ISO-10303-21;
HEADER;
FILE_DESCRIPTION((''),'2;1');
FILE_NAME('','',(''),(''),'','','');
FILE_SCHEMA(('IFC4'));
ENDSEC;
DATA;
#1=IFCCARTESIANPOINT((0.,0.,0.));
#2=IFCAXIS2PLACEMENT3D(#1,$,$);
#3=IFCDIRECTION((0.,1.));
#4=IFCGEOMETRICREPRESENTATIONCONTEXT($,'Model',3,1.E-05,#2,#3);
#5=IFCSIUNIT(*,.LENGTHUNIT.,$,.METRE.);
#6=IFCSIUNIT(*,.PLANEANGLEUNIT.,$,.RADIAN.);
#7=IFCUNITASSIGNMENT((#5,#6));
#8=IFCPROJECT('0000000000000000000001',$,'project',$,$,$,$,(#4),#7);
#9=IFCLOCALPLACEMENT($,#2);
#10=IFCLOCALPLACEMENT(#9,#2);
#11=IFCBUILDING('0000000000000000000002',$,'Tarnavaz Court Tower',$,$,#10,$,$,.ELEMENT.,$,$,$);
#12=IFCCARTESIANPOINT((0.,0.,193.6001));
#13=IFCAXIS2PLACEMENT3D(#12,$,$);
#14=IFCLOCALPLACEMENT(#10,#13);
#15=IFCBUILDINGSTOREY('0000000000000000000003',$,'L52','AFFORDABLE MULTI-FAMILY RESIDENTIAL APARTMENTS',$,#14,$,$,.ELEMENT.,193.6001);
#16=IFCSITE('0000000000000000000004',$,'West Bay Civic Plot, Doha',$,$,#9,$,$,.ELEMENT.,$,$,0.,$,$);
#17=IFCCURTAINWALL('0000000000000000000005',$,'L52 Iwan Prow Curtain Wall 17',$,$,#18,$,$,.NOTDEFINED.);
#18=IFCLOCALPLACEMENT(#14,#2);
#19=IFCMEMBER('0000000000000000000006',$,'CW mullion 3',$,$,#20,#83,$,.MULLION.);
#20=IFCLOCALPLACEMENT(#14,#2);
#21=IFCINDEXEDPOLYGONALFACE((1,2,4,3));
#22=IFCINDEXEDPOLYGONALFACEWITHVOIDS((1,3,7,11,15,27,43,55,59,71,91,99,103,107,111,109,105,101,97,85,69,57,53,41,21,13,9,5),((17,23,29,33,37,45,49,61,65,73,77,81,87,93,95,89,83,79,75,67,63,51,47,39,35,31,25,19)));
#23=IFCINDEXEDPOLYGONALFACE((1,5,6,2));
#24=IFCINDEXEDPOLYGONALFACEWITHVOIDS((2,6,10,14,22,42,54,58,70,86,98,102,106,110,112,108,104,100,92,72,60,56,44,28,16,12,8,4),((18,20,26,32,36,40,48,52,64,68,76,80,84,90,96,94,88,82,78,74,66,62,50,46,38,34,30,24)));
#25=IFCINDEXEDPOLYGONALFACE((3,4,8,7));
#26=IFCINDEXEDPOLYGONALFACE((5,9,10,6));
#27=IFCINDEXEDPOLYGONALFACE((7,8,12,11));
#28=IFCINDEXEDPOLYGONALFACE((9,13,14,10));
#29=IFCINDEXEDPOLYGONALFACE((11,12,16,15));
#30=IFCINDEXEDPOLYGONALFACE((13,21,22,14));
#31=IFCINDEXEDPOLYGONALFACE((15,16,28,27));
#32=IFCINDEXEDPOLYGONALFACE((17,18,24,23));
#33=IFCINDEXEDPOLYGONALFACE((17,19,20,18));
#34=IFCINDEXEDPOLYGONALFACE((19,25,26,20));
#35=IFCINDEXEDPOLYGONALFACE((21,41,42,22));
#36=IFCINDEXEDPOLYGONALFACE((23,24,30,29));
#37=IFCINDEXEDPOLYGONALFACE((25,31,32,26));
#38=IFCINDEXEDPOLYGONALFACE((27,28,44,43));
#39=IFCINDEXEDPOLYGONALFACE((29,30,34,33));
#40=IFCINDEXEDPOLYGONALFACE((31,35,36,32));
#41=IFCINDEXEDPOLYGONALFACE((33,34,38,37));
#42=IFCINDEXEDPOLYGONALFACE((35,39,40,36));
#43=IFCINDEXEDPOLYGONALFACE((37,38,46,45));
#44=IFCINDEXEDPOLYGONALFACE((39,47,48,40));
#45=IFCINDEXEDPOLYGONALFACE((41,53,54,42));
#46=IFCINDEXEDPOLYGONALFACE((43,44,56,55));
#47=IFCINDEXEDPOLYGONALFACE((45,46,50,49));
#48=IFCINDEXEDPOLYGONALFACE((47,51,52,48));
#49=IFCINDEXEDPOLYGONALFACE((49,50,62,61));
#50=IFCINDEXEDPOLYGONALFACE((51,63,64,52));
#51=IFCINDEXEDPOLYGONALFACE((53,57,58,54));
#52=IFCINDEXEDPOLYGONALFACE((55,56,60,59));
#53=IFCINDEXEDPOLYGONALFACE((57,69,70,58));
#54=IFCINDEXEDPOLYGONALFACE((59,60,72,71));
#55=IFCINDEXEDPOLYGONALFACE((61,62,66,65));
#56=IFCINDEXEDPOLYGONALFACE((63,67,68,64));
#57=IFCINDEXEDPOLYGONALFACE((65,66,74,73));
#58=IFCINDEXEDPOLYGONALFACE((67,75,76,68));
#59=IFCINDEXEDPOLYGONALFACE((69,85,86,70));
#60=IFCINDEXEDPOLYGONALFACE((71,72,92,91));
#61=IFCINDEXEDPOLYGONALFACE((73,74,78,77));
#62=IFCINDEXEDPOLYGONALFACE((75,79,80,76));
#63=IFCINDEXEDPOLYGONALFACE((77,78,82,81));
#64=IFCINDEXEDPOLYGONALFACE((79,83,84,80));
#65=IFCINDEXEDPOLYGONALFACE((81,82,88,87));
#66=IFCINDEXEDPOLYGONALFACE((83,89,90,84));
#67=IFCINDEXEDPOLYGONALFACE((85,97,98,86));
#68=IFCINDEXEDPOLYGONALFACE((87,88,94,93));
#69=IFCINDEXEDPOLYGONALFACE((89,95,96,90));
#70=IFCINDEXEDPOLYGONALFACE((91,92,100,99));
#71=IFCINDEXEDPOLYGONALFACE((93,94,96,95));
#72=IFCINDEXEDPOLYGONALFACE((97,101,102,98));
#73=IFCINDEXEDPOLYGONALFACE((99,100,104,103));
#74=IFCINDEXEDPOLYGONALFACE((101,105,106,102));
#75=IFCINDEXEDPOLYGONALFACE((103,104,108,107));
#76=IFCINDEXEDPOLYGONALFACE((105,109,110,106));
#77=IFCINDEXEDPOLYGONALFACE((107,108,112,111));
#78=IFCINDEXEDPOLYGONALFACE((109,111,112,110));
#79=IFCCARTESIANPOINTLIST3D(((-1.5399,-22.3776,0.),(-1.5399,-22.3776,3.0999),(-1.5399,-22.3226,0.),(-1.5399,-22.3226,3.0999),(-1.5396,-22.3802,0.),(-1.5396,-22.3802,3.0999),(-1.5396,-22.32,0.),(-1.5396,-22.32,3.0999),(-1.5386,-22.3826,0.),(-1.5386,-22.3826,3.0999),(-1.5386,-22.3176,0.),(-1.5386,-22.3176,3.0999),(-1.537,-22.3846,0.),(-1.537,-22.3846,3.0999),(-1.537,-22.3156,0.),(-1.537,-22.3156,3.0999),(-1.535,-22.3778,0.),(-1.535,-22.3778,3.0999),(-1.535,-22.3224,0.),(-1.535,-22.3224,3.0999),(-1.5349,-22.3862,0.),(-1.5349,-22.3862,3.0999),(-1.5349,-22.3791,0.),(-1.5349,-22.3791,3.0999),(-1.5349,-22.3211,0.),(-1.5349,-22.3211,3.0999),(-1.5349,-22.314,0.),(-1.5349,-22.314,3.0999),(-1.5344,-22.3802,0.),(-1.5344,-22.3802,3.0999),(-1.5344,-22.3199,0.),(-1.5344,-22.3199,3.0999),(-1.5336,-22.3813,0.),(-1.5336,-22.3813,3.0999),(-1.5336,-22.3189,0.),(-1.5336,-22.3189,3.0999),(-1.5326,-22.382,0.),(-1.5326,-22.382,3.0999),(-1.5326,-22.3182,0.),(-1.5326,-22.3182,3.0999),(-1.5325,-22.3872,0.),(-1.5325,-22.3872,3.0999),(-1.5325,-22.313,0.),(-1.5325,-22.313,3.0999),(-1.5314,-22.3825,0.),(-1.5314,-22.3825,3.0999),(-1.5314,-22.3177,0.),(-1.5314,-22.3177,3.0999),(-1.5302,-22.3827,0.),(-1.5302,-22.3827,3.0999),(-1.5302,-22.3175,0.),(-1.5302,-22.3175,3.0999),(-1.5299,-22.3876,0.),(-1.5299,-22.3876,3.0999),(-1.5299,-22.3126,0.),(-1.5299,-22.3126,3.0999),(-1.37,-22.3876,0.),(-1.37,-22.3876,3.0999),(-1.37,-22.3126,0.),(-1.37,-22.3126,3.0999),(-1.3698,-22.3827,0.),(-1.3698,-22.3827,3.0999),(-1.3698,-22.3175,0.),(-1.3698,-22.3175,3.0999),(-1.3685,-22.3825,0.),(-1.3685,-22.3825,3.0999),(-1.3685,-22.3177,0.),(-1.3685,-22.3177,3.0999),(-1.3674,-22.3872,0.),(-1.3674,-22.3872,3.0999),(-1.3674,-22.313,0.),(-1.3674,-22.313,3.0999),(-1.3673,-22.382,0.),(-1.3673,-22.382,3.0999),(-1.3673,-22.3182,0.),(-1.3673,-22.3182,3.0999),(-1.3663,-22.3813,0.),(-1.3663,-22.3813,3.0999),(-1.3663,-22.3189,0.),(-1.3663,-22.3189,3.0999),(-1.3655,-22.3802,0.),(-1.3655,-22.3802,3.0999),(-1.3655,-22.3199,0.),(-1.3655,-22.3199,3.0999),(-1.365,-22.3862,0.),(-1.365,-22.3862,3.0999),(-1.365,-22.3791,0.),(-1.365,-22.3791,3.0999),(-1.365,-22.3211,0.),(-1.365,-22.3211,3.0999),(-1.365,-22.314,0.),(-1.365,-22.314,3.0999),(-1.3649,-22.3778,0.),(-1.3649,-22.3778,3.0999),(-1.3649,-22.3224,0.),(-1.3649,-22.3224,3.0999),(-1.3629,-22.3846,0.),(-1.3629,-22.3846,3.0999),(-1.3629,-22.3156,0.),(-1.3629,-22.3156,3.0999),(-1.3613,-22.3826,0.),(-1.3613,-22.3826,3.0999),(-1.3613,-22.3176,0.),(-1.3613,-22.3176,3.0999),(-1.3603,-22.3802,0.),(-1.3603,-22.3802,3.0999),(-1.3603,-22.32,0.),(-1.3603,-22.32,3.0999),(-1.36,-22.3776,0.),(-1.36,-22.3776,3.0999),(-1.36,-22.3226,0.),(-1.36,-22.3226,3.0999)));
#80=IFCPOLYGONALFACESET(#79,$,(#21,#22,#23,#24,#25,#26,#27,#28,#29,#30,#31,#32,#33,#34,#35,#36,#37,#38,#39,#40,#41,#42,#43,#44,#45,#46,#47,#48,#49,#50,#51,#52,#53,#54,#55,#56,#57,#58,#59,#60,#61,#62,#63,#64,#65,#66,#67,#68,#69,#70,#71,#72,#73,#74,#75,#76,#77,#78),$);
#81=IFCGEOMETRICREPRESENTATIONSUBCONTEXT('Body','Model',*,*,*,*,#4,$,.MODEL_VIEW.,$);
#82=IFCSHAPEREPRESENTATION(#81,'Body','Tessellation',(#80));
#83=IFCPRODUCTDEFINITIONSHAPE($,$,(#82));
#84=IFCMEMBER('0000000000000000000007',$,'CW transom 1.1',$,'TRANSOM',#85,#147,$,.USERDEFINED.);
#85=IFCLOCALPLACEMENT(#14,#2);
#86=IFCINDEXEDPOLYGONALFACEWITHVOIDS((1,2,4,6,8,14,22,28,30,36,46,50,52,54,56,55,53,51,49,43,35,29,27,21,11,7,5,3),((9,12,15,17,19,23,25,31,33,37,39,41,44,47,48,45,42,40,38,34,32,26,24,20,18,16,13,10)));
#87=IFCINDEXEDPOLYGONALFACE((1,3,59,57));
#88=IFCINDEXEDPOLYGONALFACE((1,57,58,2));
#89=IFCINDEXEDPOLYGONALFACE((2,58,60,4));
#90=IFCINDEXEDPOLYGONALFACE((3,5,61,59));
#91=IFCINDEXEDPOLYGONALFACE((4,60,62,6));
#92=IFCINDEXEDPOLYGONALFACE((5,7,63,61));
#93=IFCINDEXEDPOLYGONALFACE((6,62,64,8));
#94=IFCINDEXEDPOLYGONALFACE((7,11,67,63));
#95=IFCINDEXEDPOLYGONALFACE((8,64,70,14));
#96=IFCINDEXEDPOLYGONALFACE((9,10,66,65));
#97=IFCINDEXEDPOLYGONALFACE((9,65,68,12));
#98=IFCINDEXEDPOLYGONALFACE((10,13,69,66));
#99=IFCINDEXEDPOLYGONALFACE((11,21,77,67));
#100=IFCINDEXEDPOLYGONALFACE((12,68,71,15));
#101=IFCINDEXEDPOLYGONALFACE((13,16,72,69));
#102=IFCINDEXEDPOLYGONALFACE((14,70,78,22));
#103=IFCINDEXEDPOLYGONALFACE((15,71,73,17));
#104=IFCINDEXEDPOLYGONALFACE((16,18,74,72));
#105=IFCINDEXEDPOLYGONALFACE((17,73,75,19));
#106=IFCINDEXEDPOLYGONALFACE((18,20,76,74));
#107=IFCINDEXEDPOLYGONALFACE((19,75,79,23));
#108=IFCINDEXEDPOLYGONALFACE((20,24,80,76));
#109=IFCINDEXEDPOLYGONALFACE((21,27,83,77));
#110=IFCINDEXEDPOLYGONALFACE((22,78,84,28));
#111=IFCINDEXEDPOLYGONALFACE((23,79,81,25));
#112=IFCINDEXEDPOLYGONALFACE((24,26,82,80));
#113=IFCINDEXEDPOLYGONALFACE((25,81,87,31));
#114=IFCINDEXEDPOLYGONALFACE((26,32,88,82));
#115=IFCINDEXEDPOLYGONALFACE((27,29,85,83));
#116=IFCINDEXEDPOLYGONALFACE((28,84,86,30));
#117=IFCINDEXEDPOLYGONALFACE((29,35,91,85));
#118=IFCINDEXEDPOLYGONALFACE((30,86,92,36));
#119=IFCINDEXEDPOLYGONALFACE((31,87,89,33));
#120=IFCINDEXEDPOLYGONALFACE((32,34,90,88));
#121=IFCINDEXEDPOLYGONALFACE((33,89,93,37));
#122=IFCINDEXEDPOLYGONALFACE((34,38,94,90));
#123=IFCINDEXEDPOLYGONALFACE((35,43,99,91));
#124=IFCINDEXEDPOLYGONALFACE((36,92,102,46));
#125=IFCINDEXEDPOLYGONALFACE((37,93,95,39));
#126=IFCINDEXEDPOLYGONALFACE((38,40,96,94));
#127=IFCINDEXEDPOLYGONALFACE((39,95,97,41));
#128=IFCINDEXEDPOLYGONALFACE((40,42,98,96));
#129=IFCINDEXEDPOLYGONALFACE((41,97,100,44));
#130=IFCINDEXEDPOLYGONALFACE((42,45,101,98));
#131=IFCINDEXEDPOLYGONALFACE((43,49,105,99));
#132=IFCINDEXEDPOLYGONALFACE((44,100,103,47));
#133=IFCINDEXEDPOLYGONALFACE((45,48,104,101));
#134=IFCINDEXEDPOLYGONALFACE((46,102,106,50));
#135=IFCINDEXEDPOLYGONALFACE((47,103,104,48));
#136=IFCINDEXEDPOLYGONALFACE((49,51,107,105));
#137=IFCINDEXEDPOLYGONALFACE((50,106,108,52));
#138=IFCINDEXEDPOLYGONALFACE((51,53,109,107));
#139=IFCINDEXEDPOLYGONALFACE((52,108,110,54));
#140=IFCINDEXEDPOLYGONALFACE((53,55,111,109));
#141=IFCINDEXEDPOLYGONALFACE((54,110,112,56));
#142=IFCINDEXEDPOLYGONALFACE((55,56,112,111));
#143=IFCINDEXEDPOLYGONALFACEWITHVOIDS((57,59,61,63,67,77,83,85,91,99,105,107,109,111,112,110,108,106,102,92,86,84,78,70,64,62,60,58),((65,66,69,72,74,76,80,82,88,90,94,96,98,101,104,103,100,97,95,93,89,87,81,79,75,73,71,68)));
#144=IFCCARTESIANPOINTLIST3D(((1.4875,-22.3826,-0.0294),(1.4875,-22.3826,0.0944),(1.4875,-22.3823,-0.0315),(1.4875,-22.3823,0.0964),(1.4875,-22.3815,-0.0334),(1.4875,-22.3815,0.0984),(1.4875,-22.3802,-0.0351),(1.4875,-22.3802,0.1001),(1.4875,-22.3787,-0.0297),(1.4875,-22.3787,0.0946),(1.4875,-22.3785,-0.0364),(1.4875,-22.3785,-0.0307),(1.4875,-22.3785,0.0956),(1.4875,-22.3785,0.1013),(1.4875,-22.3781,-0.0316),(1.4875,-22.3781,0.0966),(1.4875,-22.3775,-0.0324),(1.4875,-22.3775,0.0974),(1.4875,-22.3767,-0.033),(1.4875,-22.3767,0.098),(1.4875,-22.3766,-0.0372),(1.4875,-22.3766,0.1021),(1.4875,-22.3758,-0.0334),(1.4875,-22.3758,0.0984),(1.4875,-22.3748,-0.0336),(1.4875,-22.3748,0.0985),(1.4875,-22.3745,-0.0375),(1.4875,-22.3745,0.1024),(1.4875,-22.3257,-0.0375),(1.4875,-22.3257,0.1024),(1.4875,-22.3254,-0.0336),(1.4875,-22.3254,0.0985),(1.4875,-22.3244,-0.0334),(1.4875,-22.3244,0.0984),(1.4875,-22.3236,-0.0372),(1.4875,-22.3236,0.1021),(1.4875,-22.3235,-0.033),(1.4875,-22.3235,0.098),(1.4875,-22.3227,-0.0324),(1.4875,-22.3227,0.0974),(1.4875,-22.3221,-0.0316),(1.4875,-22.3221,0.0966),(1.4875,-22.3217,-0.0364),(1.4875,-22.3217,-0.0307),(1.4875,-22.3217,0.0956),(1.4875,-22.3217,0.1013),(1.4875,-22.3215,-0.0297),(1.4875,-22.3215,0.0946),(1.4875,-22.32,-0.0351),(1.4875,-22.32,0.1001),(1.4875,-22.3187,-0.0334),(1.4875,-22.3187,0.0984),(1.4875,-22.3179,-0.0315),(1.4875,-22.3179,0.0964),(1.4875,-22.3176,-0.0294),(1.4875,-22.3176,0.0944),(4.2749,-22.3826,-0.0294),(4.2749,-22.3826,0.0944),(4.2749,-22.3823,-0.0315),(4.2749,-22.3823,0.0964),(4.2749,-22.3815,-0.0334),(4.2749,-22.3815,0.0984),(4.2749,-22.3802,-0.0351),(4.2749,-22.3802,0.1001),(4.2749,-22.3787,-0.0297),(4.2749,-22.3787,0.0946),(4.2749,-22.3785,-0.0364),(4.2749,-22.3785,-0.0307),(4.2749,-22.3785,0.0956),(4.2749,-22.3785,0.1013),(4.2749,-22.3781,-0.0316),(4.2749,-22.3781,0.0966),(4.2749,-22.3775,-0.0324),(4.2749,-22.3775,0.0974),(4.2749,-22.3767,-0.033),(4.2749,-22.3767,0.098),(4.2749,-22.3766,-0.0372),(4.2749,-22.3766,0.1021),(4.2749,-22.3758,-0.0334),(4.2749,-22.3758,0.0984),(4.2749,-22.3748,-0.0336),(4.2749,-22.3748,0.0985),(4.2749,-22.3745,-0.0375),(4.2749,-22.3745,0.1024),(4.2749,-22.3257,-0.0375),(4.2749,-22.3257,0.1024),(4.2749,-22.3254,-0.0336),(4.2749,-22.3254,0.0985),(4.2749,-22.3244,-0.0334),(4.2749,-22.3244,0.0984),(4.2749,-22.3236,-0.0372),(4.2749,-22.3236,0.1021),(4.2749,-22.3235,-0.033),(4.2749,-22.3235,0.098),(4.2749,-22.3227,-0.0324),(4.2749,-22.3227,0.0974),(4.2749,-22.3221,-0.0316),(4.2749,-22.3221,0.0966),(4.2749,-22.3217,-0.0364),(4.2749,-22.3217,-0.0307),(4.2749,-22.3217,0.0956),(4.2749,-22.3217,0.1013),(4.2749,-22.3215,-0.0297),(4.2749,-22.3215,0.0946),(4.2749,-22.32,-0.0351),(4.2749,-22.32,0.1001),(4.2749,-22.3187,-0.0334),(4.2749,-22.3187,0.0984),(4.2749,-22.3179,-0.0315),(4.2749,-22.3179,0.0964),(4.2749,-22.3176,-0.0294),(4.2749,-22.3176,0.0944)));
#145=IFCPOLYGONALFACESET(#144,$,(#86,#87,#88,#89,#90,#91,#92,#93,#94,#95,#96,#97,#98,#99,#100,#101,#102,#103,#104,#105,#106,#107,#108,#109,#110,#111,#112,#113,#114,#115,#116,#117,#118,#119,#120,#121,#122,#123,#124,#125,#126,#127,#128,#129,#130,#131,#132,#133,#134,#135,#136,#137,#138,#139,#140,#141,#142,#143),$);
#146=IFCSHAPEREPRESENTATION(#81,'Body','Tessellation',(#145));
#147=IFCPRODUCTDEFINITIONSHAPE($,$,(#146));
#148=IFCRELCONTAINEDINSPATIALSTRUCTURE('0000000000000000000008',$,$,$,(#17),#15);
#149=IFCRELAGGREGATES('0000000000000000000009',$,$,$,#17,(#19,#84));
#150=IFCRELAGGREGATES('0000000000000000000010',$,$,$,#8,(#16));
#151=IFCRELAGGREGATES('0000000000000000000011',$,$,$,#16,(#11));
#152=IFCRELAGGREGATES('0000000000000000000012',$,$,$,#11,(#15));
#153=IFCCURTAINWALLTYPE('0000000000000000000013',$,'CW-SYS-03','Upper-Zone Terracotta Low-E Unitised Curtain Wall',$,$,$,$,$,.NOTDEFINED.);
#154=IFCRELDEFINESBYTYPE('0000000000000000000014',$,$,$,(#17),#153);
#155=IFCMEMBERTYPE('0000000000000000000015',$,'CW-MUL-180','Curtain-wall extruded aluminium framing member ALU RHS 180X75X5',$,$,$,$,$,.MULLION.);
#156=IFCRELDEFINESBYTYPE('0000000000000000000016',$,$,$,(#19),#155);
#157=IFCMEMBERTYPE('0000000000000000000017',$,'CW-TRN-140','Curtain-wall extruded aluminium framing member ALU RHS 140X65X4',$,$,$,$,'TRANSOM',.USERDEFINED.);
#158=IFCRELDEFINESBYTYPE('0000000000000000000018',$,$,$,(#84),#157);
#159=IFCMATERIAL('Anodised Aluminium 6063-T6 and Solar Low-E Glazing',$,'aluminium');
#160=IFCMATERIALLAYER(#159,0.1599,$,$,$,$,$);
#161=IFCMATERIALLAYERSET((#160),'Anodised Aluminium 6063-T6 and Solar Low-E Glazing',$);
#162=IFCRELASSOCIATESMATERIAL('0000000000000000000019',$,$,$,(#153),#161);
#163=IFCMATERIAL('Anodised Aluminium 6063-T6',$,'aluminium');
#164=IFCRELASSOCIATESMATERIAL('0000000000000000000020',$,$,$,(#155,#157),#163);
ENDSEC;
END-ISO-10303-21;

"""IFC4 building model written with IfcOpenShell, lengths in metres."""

from ifc_helpers import new_model, si_unit, direction, frame, origin, origin_2d, place, context, subcontext, project, spatial, hollow_rectangle, extrude, material, layer, layer_set, material_profile, profile_set, type_object, element, aggregate, save


model = new_model("IFC4")

# Units and contexts
model_context = context("Model", 3, precision=1e-05, world=origin(), true_north=direction((0.0, 1.0)))
body_context = subcontext(model_context, "Body", "Model", "MODEL_VIEW")
ifc_project = project(units=[si_unit("LENGTHUNIT", "METRE"), si_unit("PLANEANGLEUNIT", "RADIAN")], contexts=[model_context])

# Site, building, storey
site_placement = place(None, origin())
site = spatial("IfcSite", under=ifc_project, at=site_placement, Name="West Bay Civic Plot, Doha", CompositionType="ELEMENT", RefElevation=0.0)
building_placement = place(site_placement, origin())
building = spatial("IfcBuilding", under=site, at=building_placement, Name="Tarnavaz Court Tower", CompositionType="ELEMENT")
storey_placement = place(building_placement, frame((0.0, 0.0, 193.6001)))
storey = spatial("IfcBuildingStorey", under=building, at=storey_placement, Name="L52", Description="AFFORDABLE MULTI-FAMILY RESIDENTIAL APARTMENTS", CompositionType="ELEMENT", Elevation=193.6001)

# Curtain wall, members
ifc_material_1 = material(Name="Anodised Aluminium 6063-T6 and Solar Low-E Glazing", Category="aluminium")
ifc_layer_1 = layer(ifc_material_1, 0.1599)
ifc_layer_set_1 = layer_set([ifc_layer_1], Name="Anodised Aluminium 6063-T6 and Solar Low-E Glazing")
curtain_wall_type = type_object("IfcCurtainWallType", Name="CW-SYS-03", Description="Upper-Zone Terracotta Low-E Unitised Curtain Wall", PredefinedType="NOTDEFINED", material=ifc_layer_set_1)
curtain_wall_placement = place(storey_placement, origin())
curtain_wall = element("IfcCurtainWall", 1, at=curtain_wall_placement, inside=storey, type_object=curtain_wall_type, Name="L52 Iwan Prow Curtain Wall 17", PredefinedType="NOTDEFINED")
ifc_material_2 = material(Name="Anodised Aluminium 6063-T6", Category="aluminium")
ifc_material_profile_1 = material_profile(ifc_material_2, hollow_rectangle(XDim=0.075, YDim=0.1799, WallThickness=0.0049, InnerFilletRadius=0.0049, OuterFilletRadius=0.01, at=origin_2d()), Name="ALU RHS 180X75X5")
ifc_profile_set_1 = profile_set([ifc_material_profile_1], Name="Anodised Aluminium 6063-T6")
member_type_1 = type_object("IfcMemberType", Name="CW-MUL-180", Description="Curtain-wall extruded aluminium framing member ALU RHS 180X75X5", PredefinedType="MULLION", material=ifc_profile_set_1)
member_1_placement = place(storey_placement, frame((-1.45, -22.3501, 0.0), z_axis=(0.0, 0.0, 1.0), x_axis=(0.0, -1.0, 0.0)))
member_1 = element("IfcMember", 2, at=member_1_placement, type_object=member_type_1, Name="CW mullion 3", PredefinedType="MULLION", context=body_context, shape_type="SweptSolid", body=[
    extrude(hollow_rectangle(XDim=0.075, YDim=0.1799, WallThickness=0.0049, InnerFilletRadius=0.0049, OuterFilletRadius=0.01, at=origin_2d()), origin(), (0.0, 0.0, 1.0), 3.0999),
])
ifc_material_profile_2 = material_profile(ifc_material_2, hollow_rectangle(XDim=0.0649, YDim=0.1399, WallThickness=0.0039, InnerFilletRadius=0.0039, OuterFilletRadius=0.0081, at=origin_2d()), Name="ALU RHS 140X65X4")
ifc_profile_set_2 = profile_set([ifc_material_profile_2], Name="Anodised Aluminium 6063-T6")
member_type_2 = type_object("IfcMemberType", Name="CW-TRN-140", Description="Curtain-wall extruded aluminium framing member ALU RHS 140X65X4", ElementType="TRANSOM", PredefinedType="USERDEFINED", material=ifc_profile_set_2)
member_2_placement = place(storey_placement, frame((4.2749, -22.3501, 0.0325), z_axis=(-1.0, 0.0, 0.0), x_axis=(0.0, -1.0, 0.0)))
member_2 = element("IfcMember", 3, at=member_2_placement, type_object=member_type_2, Name="CW transom 1.1", ObjectType="TRANSOM", PredefinedType="USERDEFINED", context=body_context, shape_type="SweptSolid", body=[
    extrude(hollow_rectangle(XDim=0.0649, YDim=0.1399, WallThickness=0.0039, InnerFilletRadius=0.0039, OuterFilletRadius=0.0081, at=origin_2d()), origin(), (0.0, 0.0, 1.0), 2.7874),
])
aggregate(curtain_wall, [member_1, member_2])

save(model, "model.ifc")
